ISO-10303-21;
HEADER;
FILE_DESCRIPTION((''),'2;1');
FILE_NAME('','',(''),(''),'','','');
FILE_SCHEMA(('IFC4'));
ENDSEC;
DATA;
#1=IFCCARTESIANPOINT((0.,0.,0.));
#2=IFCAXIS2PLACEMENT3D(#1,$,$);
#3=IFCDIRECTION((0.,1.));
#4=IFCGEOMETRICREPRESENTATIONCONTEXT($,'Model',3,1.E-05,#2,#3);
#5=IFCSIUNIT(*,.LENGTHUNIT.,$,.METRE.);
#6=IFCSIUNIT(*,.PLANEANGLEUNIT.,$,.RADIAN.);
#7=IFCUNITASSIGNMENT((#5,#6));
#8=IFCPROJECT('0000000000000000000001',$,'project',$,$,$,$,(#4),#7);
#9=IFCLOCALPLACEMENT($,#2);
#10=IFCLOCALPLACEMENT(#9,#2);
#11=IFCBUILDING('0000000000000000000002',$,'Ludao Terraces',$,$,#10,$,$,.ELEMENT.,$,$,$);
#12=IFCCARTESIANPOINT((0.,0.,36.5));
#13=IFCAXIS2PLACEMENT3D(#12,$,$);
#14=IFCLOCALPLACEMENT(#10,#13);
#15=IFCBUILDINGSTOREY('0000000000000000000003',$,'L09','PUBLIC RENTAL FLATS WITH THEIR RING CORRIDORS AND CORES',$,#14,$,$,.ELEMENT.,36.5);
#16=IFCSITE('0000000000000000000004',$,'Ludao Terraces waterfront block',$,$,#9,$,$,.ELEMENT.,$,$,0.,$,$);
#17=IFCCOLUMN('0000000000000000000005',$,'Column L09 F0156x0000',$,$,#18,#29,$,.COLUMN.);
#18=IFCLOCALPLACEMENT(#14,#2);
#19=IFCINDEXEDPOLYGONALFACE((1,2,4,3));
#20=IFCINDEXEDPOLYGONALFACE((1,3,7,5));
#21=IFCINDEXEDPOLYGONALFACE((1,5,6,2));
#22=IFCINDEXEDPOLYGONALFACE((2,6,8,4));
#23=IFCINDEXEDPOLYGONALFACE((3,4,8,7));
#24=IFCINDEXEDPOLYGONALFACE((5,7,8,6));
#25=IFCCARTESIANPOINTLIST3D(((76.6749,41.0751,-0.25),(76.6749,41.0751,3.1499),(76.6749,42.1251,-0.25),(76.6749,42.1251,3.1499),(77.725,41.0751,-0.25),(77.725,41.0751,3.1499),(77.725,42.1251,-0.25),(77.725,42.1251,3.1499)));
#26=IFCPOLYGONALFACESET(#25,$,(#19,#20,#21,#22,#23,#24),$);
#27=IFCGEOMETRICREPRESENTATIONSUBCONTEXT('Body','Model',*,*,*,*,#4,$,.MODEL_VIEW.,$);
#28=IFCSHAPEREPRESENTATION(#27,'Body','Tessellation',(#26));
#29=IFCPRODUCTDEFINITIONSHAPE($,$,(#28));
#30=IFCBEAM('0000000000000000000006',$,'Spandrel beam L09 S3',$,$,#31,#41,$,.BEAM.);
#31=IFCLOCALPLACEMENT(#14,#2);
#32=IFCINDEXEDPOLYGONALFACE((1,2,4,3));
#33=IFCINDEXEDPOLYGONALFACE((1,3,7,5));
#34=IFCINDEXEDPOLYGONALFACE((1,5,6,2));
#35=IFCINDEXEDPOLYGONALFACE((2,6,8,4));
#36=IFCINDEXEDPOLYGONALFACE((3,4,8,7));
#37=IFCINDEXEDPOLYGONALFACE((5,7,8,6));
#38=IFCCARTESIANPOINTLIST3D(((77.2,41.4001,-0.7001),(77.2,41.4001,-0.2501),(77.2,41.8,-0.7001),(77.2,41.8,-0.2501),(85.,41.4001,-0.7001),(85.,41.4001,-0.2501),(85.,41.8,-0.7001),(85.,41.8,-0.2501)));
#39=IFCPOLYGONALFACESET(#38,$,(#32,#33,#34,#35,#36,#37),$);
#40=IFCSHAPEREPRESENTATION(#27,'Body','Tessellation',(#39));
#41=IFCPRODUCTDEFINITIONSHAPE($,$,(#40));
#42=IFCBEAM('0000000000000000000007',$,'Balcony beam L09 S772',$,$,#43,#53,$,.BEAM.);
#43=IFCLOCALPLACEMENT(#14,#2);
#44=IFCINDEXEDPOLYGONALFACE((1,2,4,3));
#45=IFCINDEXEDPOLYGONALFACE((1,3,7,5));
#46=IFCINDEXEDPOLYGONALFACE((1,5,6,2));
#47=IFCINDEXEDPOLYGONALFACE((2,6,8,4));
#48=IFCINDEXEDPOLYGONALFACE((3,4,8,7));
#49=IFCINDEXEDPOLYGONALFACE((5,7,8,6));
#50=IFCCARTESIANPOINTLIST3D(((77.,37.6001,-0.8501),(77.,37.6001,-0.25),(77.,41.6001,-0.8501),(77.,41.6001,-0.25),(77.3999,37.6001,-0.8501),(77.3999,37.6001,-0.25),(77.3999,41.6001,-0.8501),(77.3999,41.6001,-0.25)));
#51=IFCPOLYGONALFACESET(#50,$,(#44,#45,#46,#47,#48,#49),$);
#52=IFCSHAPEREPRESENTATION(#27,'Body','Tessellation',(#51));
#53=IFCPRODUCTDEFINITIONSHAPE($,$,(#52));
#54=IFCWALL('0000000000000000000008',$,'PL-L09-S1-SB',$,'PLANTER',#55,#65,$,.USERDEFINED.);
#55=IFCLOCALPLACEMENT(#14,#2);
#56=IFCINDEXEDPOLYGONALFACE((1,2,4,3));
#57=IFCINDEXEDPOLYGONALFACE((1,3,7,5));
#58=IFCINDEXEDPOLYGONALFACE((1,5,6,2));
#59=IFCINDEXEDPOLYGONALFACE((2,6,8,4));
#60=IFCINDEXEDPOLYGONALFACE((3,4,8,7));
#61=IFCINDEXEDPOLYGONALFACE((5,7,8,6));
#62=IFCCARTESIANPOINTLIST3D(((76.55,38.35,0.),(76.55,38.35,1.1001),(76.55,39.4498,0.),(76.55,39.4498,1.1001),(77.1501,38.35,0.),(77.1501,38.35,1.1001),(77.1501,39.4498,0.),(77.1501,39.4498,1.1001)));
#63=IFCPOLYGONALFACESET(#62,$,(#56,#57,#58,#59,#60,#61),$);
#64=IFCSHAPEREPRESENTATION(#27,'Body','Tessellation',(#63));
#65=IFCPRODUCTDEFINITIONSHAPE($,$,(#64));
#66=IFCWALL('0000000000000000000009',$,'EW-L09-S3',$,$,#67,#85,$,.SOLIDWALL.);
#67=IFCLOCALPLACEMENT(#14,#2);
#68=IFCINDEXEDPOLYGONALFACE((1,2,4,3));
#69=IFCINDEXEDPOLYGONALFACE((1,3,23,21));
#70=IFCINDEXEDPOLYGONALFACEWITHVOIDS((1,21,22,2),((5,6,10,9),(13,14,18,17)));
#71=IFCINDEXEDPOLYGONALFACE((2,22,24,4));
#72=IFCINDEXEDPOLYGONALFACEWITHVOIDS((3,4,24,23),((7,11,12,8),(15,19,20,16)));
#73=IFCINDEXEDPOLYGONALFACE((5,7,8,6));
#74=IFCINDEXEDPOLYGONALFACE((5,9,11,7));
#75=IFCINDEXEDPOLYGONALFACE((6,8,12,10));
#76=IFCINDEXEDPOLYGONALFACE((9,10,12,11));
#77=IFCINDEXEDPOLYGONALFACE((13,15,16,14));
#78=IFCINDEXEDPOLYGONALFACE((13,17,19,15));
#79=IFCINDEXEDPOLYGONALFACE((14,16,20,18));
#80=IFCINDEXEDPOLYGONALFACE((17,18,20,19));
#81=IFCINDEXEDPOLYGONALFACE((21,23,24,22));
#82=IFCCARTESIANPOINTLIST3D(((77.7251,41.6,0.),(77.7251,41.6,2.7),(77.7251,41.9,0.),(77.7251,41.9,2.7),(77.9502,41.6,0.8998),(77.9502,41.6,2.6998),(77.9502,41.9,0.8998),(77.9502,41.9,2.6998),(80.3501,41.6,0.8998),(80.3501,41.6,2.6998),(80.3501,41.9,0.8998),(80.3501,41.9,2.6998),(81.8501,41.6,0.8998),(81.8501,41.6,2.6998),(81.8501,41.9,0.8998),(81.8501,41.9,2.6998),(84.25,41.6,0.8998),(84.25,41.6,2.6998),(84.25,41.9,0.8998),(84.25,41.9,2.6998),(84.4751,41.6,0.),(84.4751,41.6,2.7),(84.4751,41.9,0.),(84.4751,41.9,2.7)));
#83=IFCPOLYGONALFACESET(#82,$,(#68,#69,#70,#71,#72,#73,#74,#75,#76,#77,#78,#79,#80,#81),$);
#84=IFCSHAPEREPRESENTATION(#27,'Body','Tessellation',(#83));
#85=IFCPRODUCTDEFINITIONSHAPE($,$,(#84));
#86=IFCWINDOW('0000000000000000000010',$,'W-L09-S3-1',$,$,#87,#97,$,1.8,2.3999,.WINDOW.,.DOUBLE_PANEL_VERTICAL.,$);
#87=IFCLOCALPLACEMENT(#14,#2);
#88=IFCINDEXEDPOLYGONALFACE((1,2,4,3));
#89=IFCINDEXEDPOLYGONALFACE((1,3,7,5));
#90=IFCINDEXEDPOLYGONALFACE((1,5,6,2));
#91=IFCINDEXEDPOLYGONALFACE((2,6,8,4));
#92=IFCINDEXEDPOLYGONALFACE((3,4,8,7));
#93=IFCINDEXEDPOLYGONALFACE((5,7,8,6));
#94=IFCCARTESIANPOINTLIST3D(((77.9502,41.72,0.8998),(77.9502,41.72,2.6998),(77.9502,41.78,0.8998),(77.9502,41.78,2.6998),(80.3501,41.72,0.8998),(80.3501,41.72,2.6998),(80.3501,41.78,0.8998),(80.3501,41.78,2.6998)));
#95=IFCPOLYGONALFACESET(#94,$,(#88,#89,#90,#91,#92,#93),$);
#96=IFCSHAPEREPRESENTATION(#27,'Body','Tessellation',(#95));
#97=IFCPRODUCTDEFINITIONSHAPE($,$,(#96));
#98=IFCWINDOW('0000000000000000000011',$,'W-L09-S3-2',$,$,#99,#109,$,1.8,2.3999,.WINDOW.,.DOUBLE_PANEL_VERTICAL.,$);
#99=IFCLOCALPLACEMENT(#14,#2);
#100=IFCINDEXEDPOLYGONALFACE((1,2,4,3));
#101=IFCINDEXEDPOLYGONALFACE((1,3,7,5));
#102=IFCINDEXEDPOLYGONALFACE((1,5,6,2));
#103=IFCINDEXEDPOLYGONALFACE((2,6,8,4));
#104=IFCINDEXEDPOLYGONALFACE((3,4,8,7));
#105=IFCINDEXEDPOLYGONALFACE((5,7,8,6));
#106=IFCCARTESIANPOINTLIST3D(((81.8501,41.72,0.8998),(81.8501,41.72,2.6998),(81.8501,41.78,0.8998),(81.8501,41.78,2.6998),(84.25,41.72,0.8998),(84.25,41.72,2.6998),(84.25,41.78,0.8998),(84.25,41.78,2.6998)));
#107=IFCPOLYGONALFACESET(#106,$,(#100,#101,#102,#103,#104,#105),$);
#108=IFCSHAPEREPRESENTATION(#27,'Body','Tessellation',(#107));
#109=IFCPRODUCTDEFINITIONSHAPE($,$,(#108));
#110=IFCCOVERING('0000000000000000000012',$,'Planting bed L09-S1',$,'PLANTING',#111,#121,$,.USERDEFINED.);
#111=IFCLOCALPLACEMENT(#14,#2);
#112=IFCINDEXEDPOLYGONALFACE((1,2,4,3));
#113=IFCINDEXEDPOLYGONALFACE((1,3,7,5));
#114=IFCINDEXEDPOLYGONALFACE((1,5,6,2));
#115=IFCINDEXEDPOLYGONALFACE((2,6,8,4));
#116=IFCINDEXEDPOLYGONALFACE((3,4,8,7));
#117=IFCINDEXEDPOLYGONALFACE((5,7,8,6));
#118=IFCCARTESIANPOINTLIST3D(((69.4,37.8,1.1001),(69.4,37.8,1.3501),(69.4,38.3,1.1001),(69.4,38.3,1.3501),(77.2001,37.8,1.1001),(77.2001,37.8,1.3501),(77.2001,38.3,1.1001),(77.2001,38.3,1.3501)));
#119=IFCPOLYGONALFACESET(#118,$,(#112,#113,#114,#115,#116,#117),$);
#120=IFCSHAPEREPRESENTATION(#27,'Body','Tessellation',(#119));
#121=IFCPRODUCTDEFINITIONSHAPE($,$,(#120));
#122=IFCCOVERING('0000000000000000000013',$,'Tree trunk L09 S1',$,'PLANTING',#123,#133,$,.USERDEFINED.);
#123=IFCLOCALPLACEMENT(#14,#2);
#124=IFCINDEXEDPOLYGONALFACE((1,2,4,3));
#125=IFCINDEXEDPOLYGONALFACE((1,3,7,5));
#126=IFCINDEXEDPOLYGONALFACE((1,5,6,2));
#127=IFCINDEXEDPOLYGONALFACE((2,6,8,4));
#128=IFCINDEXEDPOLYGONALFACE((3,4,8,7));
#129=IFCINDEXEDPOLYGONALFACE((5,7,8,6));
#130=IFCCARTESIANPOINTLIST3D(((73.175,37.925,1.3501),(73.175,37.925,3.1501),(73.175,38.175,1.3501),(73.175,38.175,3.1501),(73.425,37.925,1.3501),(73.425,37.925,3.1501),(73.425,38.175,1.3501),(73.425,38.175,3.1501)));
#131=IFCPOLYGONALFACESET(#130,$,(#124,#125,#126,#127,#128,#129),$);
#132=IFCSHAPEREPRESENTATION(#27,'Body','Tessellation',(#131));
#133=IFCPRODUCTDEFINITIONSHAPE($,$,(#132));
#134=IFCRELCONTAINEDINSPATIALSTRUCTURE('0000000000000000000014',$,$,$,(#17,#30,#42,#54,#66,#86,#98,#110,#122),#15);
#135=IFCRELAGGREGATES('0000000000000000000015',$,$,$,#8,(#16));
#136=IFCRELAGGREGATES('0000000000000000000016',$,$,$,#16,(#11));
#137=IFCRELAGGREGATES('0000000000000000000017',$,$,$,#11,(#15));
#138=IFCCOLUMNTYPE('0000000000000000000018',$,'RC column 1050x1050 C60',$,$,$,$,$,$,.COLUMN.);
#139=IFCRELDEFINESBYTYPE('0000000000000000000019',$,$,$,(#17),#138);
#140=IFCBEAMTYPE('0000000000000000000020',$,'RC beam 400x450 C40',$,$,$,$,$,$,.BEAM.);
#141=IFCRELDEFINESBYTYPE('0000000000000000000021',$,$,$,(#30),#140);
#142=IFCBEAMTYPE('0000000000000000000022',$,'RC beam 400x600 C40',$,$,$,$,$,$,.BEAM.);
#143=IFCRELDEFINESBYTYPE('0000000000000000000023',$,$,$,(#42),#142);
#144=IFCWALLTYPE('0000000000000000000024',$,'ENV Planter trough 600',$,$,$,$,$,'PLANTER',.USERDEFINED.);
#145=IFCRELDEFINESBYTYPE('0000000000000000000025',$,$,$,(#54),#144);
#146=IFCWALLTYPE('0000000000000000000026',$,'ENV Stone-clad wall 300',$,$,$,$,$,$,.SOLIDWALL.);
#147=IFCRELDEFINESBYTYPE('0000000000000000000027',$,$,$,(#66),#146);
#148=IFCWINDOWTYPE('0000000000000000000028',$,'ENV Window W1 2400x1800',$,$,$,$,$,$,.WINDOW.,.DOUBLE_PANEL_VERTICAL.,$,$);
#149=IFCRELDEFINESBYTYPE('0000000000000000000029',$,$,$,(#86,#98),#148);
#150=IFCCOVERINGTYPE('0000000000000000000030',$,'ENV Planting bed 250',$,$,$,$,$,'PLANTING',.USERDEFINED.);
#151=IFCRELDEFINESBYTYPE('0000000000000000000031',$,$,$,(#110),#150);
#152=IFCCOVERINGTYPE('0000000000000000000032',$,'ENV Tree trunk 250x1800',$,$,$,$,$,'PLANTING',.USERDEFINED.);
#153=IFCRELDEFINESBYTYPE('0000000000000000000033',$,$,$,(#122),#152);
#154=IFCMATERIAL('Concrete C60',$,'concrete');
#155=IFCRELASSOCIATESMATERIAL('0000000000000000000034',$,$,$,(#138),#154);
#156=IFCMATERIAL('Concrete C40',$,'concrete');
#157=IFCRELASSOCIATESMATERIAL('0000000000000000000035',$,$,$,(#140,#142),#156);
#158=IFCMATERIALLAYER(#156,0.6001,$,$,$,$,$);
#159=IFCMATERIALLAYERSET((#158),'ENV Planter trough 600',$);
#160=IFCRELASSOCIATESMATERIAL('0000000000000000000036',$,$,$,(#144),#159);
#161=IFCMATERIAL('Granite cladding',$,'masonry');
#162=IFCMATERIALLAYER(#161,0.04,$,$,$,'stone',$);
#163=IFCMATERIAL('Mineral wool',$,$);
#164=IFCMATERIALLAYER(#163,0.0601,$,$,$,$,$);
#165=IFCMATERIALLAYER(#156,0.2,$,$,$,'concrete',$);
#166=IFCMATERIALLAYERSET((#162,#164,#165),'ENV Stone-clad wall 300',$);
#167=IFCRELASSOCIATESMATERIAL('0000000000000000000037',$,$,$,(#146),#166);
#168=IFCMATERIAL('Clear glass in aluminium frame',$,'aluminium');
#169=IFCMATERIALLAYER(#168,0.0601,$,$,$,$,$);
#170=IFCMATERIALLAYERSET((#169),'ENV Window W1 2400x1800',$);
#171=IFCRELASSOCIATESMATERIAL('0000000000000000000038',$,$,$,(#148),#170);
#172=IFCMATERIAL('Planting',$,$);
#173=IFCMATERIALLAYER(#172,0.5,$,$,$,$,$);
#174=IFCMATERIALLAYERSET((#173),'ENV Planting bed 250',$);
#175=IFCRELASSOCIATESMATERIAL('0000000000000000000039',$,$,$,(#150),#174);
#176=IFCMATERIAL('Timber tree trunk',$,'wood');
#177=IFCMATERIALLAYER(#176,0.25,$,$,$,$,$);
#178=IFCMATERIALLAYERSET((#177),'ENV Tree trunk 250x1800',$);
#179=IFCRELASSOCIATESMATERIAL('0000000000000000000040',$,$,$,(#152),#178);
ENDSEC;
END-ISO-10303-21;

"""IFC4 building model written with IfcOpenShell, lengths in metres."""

from ifc_helpers import new_model, si_unit, direction, frame, frame_2d, origin, origin_2d, place, context, subcontext, project, spatial, rectangle, extrude, material, layer, layer_set, material_profile, profile_set, type_object, element, fill, save


model = new_model("IFC4")

# Units and contexts
model_context = context("Model", 3, precision=1e-05, world=origin(), true_north=direction((0.0, 1.0)))
body_context = subcontext(model_context, "Body", "Model", "MODEL_VIEW")
ifc_project = project(units=[si_unit("LENGTHUNIT", "METRE"), si_unit("PLANEANGLEUNIT", "RADIAN")], contexts=[model_context])

# Site, building, storey
site_placement = place(None, origin())
site = spatial("IfcSite", under=ifc_project, at=site_placement, Name="Ludao Terraces waterfront block", CompositionType="ELEMENT", RefElevation=0.0)
building_placement = place(site_placement, origin())
building = spatial("IfcBuilding", under=site, at=building_placement, Name="Ludao Terraces", CompositionType="ELEMENT")
storey_placement = place(building_placement, frame((0.0, 0.0, 36.5)))
storey = spatial("IfcBuildingStorey", under=building, at=storey_placement, Name="L09", Description="PUBLIC RENTAL FLATS WITH THEIR RING CORRIDORS AND CORES", CompositionType="ELEMENT", Elevation=36.5)

# Column
ifc_material_1 = material(Name="Concrete C60", Category="concrete")
ifc_material_profile_1 = material_profile(ifc_material_1, rectangle(XDim=1.05, YDim=1.05, at=origin_2d()), Name="1050 X 1050")
ifc_profile_set_1 = profile_set([ifc_material_profile_1], Name="Concrete C60")
column_type = type_object("IfcColumnType", Name="RC column 1050x1050 C60", PredefinedType="COLUMN", material=ifc_profile_set_1)
column_placement = place(storey_placement, frame((77.2, 41.6001, -0.25), z_axis=(0.0, 0.0, 1.0), x_axis=(1.0, 0.0, 0.0)))
element("IfcColumn", 1, at=column_placement, inside=storey, type_object=column_type, Name="Column L09 F0156x0000", PredefinedType="COLUMN", context=body_context, shape_type="SweptSolid", body=[
    extrude(rectangle(XDim=1.05, YDim=1.05, at=origin_2d()), origin(), (0.0, 0.0, 1.0), 3.3999),
])

# Beams
ifc_material_2 = material(Name="Concrete C40", Category="concrete")
ifc_material_profile_2 = material_profile(ifc_material_2, rectangle(XDim=0.3999, YDim=0.45, at=origin_2d()), Name="400 X 450")
ifc_profile_set_2 = profile_set([ifc_material_profile_2], Name="Concrete C40")
beam_type_1 = type_object("IfcBeamType", Name="RC beam 400x450 C40", PredefinedType="BEAM", material=ifc_profile_set_2)
beam_1_placement = place(storey_placement, frame((77.2, 41.6001, -0.4751), z_axis=(1.0, 0.0, 0.0), x_axis=(0.0, 1.0, 0.0)))
element("IfcBeam", 2, at=beam_1_placement, inside=storey, type_object=beam_type_1, Name="Spandrel beam L09 S3", PredefinedType="BEAM", context=body_context, shape_type="SweptSolid", body=[
    extrude(rectangle(XDim=0.3999, YDim=0.45, at=origin_2d()), origin(), (0.0, 0.0, 1.0), 7.8),
])
ifc_material_profile_3 = material_profile(ifc_material_2, rectangle(XDim=0.3999, YDim=0.6001, at=origin_2d()), Name="400 X 600")
ifc_profile_set_3 = profile_set([ifc_material_profile_3], Name="Concrete C40")
beam_type_2 = type_object("IfcBeamType", Name="RC beam 400x600 C40", PredefinedType="BEAM", material=ifc_profile_set_3)
beam_2_placement = place(storey_placement, frame((77.2, 41.6001, -0.55), z_axis=(0.0, -1.0, 0.0), x_axis=(1.0, 0.0, 0.0)))
element("IfcBeam", 3, at=beam_2_placement, inside=storey, type_object=beam_type_2, Name="Balcony beam L09 S772", PredefinedType="BEAM", context=body_context, shape_type="SweptSolid", body=[
    extrude(rectangle(XDim=0.3999, YDim=0.6001, at=origin_2d()), origin(), (0.0, 0.0, 1.0), 4.0),
])

# Wall
ifc_layer_1 = layer(ifc_material_2, 0.6001)
ifc_layer_set_1 = layer_set([ifc_layer_1], Name="ENV Planter trough 600")
wall_type_1 = type_object("IfcWallType", Name="ENV Planter trough 600", ElementType="PLANTER", PredefinedType="USERDEFINED", material=ifc_layer_set_1)
wall_1_placement = place(storey_placement, frame((76.8501, 38.3501, 0.0), z_axis=(0.0, 0.0, 1.0), x_axis=(0.0, 1.0, 0.0)))
element("IfcWall", 4, at=wall_1_placement, inside=storey, type_object=wall_type_1, Name="PL-L09-S1-SB", ObjectType="PLANTER", PredefinedType="USERDEFINED", context=body_context, shape_type="SweptSolid", body=[
    extrude(rectangle(XDim=1.0999, YDim=0.6001, at=frame_2d((0.5498, 0.0))), origin(), (0.0, 0.0, 1.0), 1.1001),
])

# Wall, openings, windows
ifc_material_3 = material(Name="Granite cladding", Category="masonry")
ifc_layer_2 = layer(ifc_material_3, 0.04, Category="stone")
ifc_material_4 = material(Name="Mineral wool")
ifc_layer_3 = layer(ifc_material_4, 0.0601)
ifc_layer_4 = layer(ifc_material_2, 0.2, Category="concrete")
ifc_layer_set_2 = layer_set([ifc_layer_2, ifc_layer_3, ifc_layer_4], Name="ENV Stone-clad wall 300")
wall_type_2 = type_object("IfcWallType", Name="ENV Stone-clad wall 300", PredefinedType="SOLIDWALL", material=ifc_layer_set_2)
wall_2_placement = place(storey_placement, frame((77.7251, 41.75, 0.0), z_axis=(0.0, 0.0, 1.0), x_axis=(1.0, 0.0, 0.0)))
wall_2 = element("IfcWall", 5, at=wall_2_placement, inside=storey, type_object=wall_type_2, Name="EW-L09-S3", PredefinedType="SOLIDWALL", context=body_context, shape_type="SweptSolid", body=[
    extrude(rectangle(XDim=6.75, YDim=0.3, at=frame_2d((3.375, 0.0))), origin(), (0.0, 0.0, 1.0), 2.7),
])
opening_1_placement = place(wall_2_placement, frame((0.2251, 0.0, 0.8999)))
opening_1 = element("IfcOpeningElement", 6, at=opening_1_placement, cuts=wall_2, PredefinedType="OPENING", context=body_context, shape_type="SweptSolid", body=[
    extrude(rectangle(XDim=2.3999, YDim=1.8, at=frame_2d((1.2, 0.8999))), frame((0.0, 0.1602, 0.0), z_axis=(0.0, -1.0, 0.0), x_axis=(1.0, 0.0, 0.0)), (0.0, 0.0, 1.0), 0.3201),
])
opening_2_placement = place(wall_2_placement, frame((4.125, 0.0, 0.8999)))
opening_2 = element("IfcOpeningElement", 7, at=opening_2_placement, cuts=wall_2, PredefinedType="OPENING", context=body_context, shape_type="SweptSolid", body=[
    extrude(rectangle(XDim=2.3999, YDim=1.8, at=frame_2d((1.2, 0.8999))), frame((0.0, 0.1602, 0.0), z_axis=(0.0, -1.0, 0.0), x_axis=(1.0, 0.0, 0.0)), (0.0, 0.0, 1.0), 0.3201),
])
ifc_material_5 = material(Name="Clear glass in aluminium frame", Category="aluminium")
ifc_layer_5 = layer(ifc_material_5, 0.0601)
ifc_layer_set_3 = layer_set([ifc_layer_5], Name="ENV Window W1 2400x1800")
window_type = type_object("IfcWindowType", Name="ENV Window W1 2400x1800", PartitioningType="DOUBLE_PANEL_VERTICAL", PredefinedType="WINDOW", material=ifc_layer_set_3)
window_1_placement = place(opening_1_placement, origin())
window_1 = element("IfcWindow", 8, at=window_1_placement, inside=storey, type_object=window_type, Name="W-L09-S3-1", OverallHeight=1.8, OverallWidth=2.3999, PartitioningType="DOUBLE_PANEL_VERTICAL", PredefinedType="WINDOW", context=body_context, shape_type="SweptSolid", body=[
    extrude(rectangle(XDim=2.3999, YDim=1.8, at=frame_2d((1.2, 0.8999))), frame((0.0, 0.03, 0.0), z_axis=(0.0, -1.0, 0.0), x_axis=(1.0, 0.0, 0.0)), (0.0, 0.0, 1.0), 0.0601),
])
fill(opening_1, window_1)
window_2_placement = place(opening_2_placement, origin())
window_2 = element("IfcWindow", 9, at=window_2_placement, inside=storey, type_object=window_type, Name="W-L09-S3-2", OverallHeight=1.8, OverallWidth=2.3999, PartitioningType="DOUBLE_PANEL_VERTICAL", PredefinedType="WINDOW", context=body_context, shape_type="SweptSolid", body=[
    extrude(rectangle(XDim=2.3999, YDim=1.8, at=frame_2d((1.2, 0.8999))), frame((0.0, 0.03, 0.0), z_axis=(0.0, -1.0, 0.0), x_axis=(1.0, 0.0, 0.0)), (0.0, 0.0, 1.0), 0.0601),
])
fill(opening_2, window_2)

# Coverings
ifc_material_6 = material(Name="Planting")
ifc_layer_6 = layer(ifc_material_6, 0.5)
ifc_layer_set_4 = layer_set([ifc_layer_6], Name="ENV Planting bed 250")
covering_type_1 = type_object("IfcCoveringType", Name="ENV Planting bed 250", ElementType="PLANTING", PredefinedType="USERDEFINED", material=ifc_layer_set_4)
covering_1_placement = place(storey_placement, frame((73.3, 38.05, 1.1001), z_axis=(0.0, 0.0, 1.0), x_axis=(1.0, 0.0, 0.0)))
element("IfcCovering", 10, at=covering_1_placement, inside=storey, type_object=covering_type_1, Name="Planting bed L09-S1", ObjectType="PLANTING", PredefinedType="USERDEFINED", context=body_context, shape_type="SweptSolid", body=[
    extrude(rectangle(XDim=7.8, YDim=0.5, at=origin_2d()), origin(), (0.0, 0.0, 1.0), 0.25),
])
ifc_material_7 = material(Name="Timber tree trunk", Category="wood")
ifc_layer_7 = layer(ifc_material_7, 0.25)
ifc_layer_set_5 = layer_set([ifc_layer_7], Name="ENV Tree trunk 250x1800")
covering_type_2 = type_object("IfcCoveringType", Name="ENV Tree trunk 250x1800", ElementType="PLANTING", PredefinedType="USERDEFINED", material=ifc_layer_set_5)
covering_2_placement = place(storey_placement, frame((73.3, 38.05, 1.3501), z_axis=(0.0, 0.0, 1.0), x_axis=(1.0, 0.0, 0.0)))
element("IfcCovering", 11, at=covering_2_placement, inside=storey, type_object=covering_type_2, Name="Tree trunk L09 S1", ObjectType="PLANTING", PredefinedType="USERDEFINED", context=body_context, shape_type="SweptSolid", body=[
    extrude(rectangle(XDim=0.25, YDim=0.25, at=origin_2d()), origin(), (0.0, 0.0, 1.0), 1.8),
])

save(model, "model.ifc")
